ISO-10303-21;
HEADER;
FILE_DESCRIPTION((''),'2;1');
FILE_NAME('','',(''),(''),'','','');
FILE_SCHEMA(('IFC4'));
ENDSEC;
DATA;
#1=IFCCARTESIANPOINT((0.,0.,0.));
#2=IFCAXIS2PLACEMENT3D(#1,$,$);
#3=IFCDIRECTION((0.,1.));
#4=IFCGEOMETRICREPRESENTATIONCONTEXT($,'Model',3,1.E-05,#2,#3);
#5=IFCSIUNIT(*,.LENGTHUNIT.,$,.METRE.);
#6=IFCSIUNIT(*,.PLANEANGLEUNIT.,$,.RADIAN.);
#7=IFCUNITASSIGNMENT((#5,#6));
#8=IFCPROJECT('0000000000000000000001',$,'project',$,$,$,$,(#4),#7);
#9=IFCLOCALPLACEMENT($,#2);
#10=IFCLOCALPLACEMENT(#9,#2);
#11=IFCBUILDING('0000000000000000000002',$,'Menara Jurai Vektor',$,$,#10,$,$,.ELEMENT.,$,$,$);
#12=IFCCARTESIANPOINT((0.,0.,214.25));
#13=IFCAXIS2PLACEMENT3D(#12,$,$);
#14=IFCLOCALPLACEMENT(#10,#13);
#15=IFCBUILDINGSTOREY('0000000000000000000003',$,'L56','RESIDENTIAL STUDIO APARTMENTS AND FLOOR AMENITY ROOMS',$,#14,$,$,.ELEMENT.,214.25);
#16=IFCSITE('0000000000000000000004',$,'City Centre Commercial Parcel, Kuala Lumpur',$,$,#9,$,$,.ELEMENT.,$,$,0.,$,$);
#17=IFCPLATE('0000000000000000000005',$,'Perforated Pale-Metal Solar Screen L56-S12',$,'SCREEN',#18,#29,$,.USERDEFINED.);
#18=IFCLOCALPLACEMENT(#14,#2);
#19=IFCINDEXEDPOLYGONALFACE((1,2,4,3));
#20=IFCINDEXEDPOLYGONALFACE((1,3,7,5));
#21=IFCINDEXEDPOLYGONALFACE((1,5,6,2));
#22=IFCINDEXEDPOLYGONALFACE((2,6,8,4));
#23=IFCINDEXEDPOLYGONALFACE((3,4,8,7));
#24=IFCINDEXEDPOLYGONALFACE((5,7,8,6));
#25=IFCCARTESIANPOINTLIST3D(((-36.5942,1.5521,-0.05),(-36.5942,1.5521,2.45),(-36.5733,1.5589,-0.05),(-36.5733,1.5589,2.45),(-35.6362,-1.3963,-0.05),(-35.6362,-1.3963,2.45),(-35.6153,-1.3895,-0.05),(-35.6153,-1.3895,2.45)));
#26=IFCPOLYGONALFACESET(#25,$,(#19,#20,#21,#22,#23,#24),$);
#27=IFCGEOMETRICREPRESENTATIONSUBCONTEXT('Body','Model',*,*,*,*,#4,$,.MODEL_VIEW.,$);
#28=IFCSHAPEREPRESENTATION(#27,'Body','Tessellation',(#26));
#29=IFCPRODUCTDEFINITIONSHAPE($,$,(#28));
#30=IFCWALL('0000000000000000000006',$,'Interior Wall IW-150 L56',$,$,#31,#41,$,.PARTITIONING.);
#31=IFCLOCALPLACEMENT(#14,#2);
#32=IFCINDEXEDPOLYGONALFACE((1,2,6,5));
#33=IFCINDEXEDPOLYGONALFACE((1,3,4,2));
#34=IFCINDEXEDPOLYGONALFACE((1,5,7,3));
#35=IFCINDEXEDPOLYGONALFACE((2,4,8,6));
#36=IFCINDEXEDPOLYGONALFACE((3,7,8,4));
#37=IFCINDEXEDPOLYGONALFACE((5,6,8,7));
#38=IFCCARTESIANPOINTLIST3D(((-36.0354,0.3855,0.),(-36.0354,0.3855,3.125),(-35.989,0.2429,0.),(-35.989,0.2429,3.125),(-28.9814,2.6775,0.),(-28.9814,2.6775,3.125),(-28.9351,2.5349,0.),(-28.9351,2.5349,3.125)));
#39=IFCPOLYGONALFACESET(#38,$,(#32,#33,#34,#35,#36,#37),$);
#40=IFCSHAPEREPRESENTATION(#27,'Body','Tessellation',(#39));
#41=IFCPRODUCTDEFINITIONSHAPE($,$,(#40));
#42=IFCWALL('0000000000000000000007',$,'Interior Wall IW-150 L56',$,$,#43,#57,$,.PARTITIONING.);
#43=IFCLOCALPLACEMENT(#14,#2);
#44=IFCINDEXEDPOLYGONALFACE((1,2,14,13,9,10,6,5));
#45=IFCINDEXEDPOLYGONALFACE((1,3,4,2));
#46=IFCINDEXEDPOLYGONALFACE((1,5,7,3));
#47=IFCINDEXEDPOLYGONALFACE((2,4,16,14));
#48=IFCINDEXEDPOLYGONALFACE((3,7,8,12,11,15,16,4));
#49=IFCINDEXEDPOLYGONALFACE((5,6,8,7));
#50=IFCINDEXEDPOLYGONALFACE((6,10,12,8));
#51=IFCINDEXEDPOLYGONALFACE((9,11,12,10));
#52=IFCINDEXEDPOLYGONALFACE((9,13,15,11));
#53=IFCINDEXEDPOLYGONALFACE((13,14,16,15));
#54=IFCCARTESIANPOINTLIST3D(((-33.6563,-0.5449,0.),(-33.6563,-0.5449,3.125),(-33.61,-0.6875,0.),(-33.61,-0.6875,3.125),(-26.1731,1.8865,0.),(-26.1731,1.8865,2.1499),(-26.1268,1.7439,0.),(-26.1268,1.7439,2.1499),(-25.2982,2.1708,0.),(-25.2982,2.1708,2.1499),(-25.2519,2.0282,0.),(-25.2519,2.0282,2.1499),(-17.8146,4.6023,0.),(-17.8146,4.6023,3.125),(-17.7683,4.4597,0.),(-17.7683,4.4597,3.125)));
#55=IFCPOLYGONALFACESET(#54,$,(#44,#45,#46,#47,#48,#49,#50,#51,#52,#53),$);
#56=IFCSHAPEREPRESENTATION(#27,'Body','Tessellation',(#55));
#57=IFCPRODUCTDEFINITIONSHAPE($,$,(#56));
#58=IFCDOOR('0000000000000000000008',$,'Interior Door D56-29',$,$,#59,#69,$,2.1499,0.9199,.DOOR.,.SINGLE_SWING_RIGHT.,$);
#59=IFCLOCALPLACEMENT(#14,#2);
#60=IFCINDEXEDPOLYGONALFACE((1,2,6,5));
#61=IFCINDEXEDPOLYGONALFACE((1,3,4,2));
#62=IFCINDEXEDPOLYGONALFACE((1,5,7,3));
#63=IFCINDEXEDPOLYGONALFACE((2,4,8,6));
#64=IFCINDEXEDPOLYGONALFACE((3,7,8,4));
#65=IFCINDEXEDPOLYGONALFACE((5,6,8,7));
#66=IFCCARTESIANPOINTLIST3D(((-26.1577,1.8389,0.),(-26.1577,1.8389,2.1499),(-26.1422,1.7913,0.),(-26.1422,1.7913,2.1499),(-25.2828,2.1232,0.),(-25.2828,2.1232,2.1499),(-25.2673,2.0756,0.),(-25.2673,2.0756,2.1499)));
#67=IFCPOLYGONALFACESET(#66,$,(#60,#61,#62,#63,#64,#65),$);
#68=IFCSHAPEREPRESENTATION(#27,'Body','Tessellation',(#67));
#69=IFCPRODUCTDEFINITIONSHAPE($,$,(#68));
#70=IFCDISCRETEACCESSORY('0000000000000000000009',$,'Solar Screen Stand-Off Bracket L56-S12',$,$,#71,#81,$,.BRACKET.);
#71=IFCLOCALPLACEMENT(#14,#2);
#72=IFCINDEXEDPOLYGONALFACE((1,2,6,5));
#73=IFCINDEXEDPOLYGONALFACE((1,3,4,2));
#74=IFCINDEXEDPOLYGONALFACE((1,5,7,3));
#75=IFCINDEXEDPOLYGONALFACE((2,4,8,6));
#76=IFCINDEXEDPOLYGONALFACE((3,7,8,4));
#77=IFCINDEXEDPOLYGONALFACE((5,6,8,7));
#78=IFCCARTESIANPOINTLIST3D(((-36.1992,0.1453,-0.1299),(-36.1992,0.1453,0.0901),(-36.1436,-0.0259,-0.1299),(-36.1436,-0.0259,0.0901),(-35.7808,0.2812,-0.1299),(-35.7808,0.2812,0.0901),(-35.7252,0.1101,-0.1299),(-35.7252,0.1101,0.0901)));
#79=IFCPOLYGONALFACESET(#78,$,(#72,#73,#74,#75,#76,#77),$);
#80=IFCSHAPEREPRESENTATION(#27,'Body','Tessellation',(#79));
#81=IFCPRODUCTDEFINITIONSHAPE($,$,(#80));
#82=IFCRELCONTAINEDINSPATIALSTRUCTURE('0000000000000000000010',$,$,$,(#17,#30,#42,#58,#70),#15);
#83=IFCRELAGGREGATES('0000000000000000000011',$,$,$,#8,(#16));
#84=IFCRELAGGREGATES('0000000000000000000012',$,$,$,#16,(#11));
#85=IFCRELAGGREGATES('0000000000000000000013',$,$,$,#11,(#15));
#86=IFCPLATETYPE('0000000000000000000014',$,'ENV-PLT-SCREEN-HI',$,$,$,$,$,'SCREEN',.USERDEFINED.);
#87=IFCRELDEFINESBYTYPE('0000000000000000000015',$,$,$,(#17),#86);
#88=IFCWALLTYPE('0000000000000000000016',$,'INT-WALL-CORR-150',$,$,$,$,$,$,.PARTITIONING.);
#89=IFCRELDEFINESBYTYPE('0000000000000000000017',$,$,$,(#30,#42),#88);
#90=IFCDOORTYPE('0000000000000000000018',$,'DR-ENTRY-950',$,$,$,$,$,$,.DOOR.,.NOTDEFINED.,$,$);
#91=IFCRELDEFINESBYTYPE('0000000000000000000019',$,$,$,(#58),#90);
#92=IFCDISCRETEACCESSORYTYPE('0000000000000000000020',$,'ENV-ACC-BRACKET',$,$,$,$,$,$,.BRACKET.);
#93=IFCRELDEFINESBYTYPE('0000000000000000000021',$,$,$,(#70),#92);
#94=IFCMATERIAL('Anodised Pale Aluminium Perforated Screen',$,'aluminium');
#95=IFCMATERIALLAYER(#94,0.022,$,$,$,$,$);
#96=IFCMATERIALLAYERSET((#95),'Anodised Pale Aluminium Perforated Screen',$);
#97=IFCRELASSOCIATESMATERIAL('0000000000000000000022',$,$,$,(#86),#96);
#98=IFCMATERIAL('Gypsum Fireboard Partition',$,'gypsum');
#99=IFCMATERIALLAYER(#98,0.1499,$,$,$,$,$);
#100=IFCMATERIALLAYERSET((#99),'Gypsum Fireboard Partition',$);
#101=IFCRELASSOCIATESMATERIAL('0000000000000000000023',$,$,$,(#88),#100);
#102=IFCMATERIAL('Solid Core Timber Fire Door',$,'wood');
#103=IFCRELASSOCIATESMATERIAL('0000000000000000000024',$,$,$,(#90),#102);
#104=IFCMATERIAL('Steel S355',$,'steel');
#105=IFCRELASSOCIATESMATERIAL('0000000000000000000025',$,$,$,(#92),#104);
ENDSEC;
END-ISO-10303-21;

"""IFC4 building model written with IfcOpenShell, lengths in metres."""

from ifc_helpers import new_model, si_unit, direction, frame, frame_2d, origin, origin_2d, place, context, subcontext, project, spatial, rectangle, extrude, material, layer, layer_set, type_object, element, fill, save


model = new_model("IFC4")

# Units and contexts
model_context = context("Model", 3, precision=1e-05, world=origin(), true_north=direction((0.0, 1.0)))
body_context = subcontext(model_context, "Body", "Model", "MODEL_VIEW")
ifc_project = project(units=[si_unit("LENGTHUNIT", "METRE"), si_unit("PLANEANGLEUNIT", "RADIAN")], contexts=[model_context])

# Site, building, storey
site_placement = place(None, origin())
site = spatial("IfcSite", under=ifc_project, at=site_placement, Name="City Centre Commercial Parcel, Kuala Lumpur", CompositionType="ELEMENT", RefElevation=0.0)
building_placement = place(site_placement, origin())
building = spatial("IfcBuilding", under=site, at=building_placement, Name="Menara Jurai Vektor", CompositionType="ELEMENT")
storey_placement = place(building_placement, frame((0.0, 0.0, 214.25)))
storey = spatial("IfcBuildingStorey", under=building, at=storey_placement, Name="L56", Description="RESIDENTIAL STUDIO APARTMENTS AND FLOOR AMENITY ROOMS", CompositionType="ELEMENT", Elevation=214.25)

# Shared definitions
ifc_material_1 = material(Name="Steel S355", Category="steel")

# Plate
ifc_material_2 = material(Name="Anodised Pale Aluminium Perforated Screen", Category="aluminium")
ifc_layer_1 = layer(ifc_material_2, 0.022)
ifc_layer_set_1 = layer_set([ifc_layer_1], Name="Anodised Pale Aluminium Perforated Screen")
plate_type_1 = type_object("IfcPlateType", Name="ENV-PLT-SCREEN-HI", ElementType="SCREEN", PredefinedType="USERDEFINED", material=ifc_layer_set_1)
plate_1_placement = place(storey_placement, frame((-36.1047, 0.0813, -0.05), z_axis=(0.0, 0.0, 1.0), x_axis=(0.309017, -0.951057, 0.0)))
element("IfcPlate", 1, at=plate_1_placement, inside=storey, type_object=plate_type_1, Name="Perforated Pale-Metal Solar Screen L56-S12", ObjectType="SCREEN", PredefinedType="USERDEFINED", context=body_context, shape_type="SweptSolid", body=[
    extrude(rectangle(XDim=3.1001, YDim=0.022, at=origin_2d()), origin(), (0.0, 0.0, 1.0), 2.5),
])

# Wall
ifc_material_3 = material(Name="Gypsum Fireboard Partition", Category="gypsum")
ifc_layer_2 = layer(ifc_material_3, 0.1499)
ifc_layer_set_2 = layer_set([ifc_layer_2], Name="Gypsum Fireboard Partition")
wall_type = type_object("IfcWallType", Name="INT-WALL-CORR-150", PredefinedType="PARTITIONING", material=ifc_layer_set_2)
wall_1_placement = place(storey_placement, frame((-36.0122, 0.3142, 0.0), z_axis=(0.0, 0.0, 1.0), x_axis=(0.951056, 0.30902, 0.0)))
element("IfcWall", 2, at=wall_1_placement, inside=storey, type_object=wall_type, Name="Interior Wall IW-150 L56", PredefinedType="PARTITIONING", context=body_context, shape_type="SweptSolid", body=[
    extrude(rectangle(XDim=7.417, YDim=0.1499, at=frame_2d((3.7085, 0.0))), origin(), (0.0, 0.0, 1.0), 3.125),
])

# Wall, opening, door
wall_2_placement = place(storey_placement, frame((-33.6333, -0.6162, 0.0), z_axis=(0.0, 0.0, 1.0), x_axis=(0.951058, 0.309012, 0.0)))
wall_2 = element("IfcWall", 3, at=wall_2_placement, inside=storey, type_object=wall_type, Name="Interior Wall IW-150 L56", PredefinedType="PARTITIONING", context=body_context, shape_type="SweptSolid", body=[
    extrude(rectangle(XDim=16.657, YDim=0.1499, at=frame_2d((8.3286, 0.0))), origin(), (0.0, 0.0, 1.0), 3.125),
])
opening_placement = place(wall_2_placement, frame((7.8684, 0.0, 0.0)))
opening = element("IfcOpeningElement", 4, at=opening_placement, cuts=wall_2, PredefinedType="OPENING", context=body_context, shape_type="SweptSolid", body=[
    extrude(rectangle(XDim=0.9199, YDim=2.1499, at=frame_2d((0.46, 1.075))), frame((0.0, 0.085, 0.0), z_axis=(0.0, -1.0, 0.0), x_axis=(1.0, 0.0, 0.0)), (0.0, 0.0, 1.0), 0.1699),
])
ifc_material_4 = material(Name="Solid Core Timber Fire Door", Category="wood")
door_type = type_object("IfcDoorType", Name="DR-ENTRY-950", OperationType="NOTDEFINED", PredefinedType="DOOR", material=ifc_material_4)
door_placement = place(opening_placement, origin())
door = element("IfcDoor", 5, at=door_placement, inside=storey, type_object=door_type, Name="Interior Door D56-29", OperationType="SINGLE_SWING_RIGHT", OverallHeight=2.1499, OverallWidth=0.9199, PredefinedType="DOOR", context=body_context, shape_type="SweptSolid", body=[
    extrude(rectangle(XDim=0.9199, YDim=2.1499, at=frame_2d((0.46, 1.075))), frame((0.0, 0.0249, 0.0), z_axis=(0.0, -1.0, 0.0), x_axis=(1.0, 0.0, 0.0)), (0.0, 0.0, 1.0), 0.05),
])
fill(opening, door)

# Discrete accessory
discrete_accessory_type = type_object("IfcDiscreteAccessoryType", Name="ENV-ACC-BRACKET", PredefinedType="BRACKET", material=ifc_material_1)
discrete_accessory_placement = place(storey_placement, frame((-35.9622, 0.1277, -0.1299), z_axis=(0.0, 0.0, 1.0), x_axis=(0.309017, -0.951057, 0.0)))
element("IfcDiscreteAccessory", 6, at=discrete_accessory_placement, inside=storey, type_object=discrete_accessory_type, Name="Solar Screen Stand-Off Bracket L56-S12", PredefinedType="BRACKET", context=body_context, shape_type="SweptSolid", body=[
    extrude(rectangle(XDim=0.1799, YDim=0.4399, at=origin_2d()), origin(), (0.0, 0.0, 1.0), 0.22),
])

save(model, "model.ifc")
